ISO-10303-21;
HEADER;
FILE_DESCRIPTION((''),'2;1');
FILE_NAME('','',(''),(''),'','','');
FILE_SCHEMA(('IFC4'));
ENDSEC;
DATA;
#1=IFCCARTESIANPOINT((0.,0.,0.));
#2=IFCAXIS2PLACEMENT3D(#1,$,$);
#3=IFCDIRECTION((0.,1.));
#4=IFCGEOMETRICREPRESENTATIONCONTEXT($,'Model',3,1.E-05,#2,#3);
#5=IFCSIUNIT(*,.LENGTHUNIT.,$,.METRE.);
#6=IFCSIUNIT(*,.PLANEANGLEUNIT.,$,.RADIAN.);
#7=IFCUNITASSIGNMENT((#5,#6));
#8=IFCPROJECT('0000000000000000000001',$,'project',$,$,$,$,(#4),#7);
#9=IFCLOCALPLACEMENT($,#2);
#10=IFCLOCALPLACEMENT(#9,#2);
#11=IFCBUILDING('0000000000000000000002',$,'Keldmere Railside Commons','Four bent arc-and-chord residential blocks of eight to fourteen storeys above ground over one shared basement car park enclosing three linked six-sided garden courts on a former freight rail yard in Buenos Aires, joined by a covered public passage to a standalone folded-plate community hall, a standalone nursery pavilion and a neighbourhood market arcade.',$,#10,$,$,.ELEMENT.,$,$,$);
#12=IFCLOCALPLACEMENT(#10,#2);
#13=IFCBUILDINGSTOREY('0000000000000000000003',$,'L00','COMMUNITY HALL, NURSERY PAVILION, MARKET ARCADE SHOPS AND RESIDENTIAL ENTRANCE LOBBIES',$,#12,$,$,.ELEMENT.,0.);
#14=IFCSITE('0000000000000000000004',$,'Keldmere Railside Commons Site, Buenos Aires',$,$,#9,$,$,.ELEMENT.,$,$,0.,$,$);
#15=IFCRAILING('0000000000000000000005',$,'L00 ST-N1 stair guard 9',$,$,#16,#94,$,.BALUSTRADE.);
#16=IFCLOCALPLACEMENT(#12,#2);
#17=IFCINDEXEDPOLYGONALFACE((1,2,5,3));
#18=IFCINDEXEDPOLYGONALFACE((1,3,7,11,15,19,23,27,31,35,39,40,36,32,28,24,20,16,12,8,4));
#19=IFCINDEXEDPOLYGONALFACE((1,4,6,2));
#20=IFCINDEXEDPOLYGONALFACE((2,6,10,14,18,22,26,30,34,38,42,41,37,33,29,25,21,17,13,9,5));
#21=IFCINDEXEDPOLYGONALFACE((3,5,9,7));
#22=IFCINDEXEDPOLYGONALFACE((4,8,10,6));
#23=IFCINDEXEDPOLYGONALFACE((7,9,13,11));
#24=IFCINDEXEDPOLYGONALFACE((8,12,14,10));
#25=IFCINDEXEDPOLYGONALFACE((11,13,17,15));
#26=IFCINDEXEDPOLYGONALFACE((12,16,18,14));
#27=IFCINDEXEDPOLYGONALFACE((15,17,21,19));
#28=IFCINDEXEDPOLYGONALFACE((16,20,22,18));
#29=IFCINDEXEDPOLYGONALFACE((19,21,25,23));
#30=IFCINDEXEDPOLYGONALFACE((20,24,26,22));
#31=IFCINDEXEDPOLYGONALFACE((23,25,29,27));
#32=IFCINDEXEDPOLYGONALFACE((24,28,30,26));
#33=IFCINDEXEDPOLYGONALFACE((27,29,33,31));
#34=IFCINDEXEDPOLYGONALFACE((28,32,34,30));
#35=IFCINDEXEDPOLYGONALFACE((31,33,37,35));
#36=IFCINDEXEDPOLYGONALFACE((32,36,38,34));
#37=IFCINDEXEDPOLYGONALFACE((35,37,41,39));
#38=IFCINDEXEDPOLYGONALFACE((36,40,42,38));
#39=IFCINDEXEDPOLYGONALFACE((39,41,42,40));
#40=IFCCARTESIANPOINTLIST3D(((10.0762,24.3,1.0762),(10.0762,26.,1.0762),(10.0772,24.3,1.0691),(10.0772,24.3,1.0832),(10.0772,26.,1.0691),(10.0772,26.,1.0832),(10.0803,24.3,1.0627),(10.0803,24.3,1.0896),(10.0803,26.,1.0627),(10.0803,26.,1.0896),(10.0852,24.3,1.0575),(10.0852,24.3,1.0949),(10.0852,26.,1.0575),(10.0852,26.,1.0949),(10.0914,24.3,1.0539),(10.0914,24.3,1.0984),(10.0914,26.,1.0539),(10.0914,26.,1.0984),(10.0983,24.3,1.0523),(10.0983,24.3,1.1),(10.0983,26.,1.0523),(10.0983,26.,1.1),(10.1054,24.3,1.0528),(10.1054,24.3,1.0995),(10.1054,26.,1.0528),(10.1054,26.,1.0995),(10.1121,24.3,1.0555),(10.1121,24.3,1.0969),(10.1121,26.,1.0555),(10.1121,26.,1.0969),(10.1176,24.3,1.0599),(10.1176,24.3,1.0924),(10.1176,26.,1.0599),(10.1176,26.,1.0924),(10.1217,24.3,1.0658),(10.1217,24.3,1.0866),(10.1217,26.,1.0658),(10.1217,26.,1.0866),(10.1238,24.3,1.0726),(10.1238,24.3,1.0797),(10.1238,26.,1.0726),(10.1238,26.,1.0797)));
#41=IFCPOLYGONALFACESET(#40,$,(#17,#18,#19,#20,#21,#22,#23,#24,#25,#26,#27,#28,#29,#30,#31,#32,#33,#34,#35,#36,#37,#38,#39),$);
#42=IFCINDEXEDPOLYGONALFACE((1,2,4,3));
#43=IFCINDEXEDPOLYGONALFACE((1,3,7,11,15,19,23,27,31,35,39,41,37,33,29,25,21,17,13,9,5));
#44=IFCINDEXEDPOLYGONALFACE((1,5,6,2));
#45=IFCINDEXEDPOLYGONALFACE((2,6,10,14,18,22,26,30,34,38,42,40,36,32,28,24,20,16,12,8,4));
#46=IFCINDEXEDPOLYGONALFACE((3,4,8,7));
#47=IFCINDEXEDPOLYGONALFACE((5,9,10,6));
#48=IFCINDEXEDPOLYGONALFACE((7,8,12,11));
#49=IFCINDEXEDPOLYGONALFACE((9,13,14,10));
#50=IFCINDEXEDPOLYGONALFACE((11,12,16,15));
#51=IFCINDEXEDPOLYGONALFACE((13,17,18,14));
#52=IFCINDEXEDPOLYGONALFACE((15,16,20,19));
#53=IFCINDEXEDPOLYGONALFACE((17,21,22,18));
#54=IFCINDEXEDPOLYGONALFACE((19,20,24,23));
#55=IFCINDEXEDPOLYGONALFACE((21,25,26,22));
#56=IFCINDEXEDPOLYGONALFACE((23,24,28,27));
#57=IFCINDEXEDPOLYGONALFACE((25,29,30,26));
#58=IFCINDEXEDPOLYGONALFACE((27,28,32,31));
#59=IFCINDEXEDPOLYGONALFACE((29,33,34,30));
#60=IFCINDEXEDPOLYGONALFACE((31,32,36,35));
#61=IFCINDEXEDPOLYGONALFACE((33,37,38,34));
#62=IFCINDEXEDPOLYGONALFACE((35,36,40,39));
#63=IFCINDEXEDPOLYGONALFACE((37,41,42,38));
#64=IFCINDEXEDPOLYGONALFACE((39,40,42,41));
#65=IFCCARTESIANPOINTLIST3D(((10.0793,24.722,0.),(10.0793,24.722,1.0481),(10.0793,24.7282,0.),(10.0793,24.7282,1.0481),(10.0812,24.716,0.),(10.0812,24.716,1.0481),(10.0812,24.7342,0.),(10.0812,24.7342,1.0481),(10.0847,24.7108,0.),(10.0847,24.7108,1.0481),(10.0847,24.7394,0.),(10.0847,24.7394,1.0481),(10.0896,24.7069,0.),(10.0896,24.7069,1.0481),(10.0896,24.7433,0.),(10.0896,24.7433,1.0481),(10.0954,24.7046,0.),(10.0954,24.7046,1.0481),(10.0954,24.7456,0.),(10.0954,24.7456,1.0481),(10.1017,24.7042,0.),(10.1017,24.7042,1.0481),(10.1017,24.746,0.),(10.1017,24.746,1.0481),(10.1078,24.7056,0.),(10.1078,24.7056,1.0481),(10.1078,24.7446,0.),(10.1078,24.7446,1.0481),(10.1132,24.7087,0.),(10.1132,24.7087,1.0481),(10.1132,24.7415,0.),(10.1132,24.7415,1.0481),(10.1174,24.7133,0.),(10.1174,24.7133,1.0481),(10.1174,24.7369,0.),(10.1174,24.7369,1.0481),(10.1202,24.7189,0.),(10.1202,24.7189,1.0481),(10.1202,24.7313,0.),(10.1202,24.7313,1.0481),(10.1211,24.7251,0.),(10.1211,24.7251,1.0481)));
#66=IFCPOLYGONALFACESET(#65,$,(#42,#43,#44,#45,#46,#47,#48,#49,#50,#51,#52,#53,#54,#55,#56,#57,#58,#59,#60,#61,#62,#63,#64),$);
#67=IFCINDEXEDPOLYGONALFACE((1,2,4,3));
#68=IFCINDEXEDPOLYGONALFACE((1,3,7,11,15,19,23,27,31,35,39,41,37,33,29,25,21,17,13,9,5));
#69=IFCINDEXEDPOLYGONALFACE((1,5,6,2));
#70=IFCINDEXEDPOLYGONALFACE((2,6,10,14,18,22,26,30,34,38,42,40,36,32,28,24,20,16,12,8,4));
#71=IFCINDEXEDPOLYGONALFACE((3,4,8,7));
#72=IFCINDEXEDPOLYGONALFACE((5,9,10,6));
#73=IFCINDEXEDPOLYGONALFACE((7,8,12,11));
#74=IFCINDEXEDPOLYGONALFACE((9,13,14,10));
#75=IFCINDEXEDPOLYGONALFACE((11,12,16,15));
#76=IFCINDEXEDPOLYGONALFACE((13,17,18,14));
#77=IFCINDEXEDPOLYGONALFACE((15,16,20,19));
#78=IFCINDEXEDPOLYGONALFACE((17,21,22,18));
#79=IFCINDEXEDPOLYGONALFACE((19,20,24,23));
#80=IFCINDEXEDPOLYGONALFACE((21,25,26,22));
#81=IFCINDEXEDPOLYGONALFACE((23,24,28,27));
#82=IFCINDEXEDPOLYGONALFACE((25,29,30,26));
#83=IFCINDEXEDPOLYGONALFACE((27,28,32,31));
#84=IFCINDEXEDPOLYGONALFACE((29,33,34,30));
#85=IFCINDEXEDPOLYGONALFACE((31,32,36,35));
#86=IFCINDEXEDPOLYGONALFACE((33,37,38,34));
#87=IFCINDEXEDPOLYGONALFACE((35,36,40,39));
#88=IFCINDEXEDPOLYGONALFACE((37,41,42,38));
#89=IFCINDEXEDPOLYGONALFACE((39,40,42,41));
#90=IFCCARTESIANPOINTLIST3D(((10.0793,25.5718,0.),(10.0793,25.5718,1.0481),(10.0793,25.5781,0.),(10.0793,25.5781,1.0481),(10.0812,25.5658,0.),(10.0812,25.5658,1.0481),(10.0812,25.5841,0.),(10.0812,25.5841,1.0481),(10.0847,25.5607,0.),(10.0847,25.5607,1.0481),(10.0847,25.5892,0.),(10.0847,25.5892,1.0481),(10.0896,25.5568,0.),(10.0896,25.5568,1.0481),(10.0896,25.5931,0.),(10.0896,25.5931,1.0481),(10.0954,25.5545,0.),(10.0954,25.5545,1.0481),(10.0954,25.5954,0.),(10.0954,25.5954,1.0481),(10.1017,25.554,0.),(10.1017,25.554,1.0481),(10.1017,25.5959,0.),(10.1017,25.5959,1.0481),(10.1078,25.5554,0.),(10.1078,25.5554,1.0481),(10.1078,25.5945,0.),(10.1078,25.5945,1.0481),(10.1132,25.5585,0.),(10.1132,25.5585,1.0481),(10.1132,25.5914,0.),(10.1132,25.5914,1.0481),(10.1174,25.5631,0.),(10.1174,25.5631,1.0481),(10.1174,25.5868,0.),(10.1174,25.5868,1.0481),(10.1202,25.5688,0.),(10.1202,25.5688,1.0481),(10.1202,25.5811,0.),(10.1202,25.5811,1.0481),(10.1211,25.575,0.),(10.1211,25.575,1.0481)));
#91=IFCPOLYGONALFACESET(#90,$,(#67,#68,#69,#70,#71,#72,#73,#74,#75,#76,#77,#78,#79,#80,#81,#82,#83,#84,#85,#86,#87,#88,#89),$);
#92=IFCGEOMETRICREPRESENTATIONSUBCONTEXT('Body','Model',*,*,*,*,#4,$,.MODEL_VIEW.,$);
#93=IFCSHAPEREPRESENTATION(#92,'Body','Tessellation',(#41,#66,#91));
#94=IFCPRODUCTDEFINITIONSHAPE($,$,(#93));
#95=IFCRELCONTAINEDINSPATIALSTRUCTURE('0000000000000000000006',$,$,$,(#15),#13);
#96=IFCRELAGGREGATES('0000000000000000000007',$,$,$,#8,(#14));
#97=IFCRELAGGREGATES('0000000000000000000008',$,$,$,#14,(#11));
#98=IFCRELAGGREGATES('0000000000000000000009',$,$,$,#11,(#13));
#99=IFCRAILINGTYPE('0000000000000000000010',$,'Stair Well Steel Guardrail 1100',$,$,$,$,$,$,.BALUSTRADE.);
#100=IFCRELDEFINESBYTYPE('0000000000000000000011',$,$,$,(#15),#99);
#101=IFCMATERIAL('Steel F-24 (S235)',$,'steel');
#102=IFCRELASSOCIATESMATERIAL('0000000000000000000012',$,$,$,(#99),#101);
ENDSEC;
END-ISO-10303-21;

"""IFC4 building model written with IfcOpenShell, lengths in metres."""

from ifc_helpers import new_model, si_unit, direction, frame, origin, origin_2d, place, context, subcontext, project, spatial, circle, extrude, material, type_object, element, save


model = new_model("IFC4")

# Units and contexts
model_context = context("Model", 3, precision=1e-05, world=origin(), true_north=direction((0.0, 1.0)))
body_context = subcontext(model_context, "Body", "Model", "MODEL_VIEW")
ifc_project = project(units=[si_unit("LENGTHUNIT", "METRE"), si_unit("PLANEANGLEUNIT", "RADIAN")], contexts=[model_context])

# Site, building, storey
site_placement = place(None, origin())
site = spatial("IfcSite", under=ifc_project, at=site_placement, Name="Keldmere Railside Commons Site, Buenos Aires", CompositionType="ELEMENT", RefElevation=0.0)
building_placement = place(site_placement, origin())
building = spatial("IfcBuilding", under=site, at=building_placement, Name="Keldmere Railside Commons", Description="Four bent arc-and-chord residential blocks of eight to fourteen storeys above ground over one shared basement car park enclosing three linked six-sided garden courts on a former freight rail yard in Buenos Aires, joined by a covered public passage to a standalone folded-plate community hall, a standalone nursery pavilion and a neighbourhood market arcade.", CompositionType="ELEMENT")
storey_placement = place(building_placement, origin())
storey = spatial("IfcBuildingStorey", under=building, at=storey_placement, Name="L00", Description="COMMUNITY HALL, NURSERY PAVILION, MARKET ARCADE SHOPS AND RESIDENTIAL ENTRANCE LOBBIES", CompositionType="ELEMENT", Elevation=0.0)

# Shared definitions
ifc_material_1 = material(Name="Steel F-24 (S235)", Category="steel")

# Railing
railing_type_1 = type_object("IfcRailingType", Name="Stair Well Steel Guardrail 1100", PredefinedType="BALUSTRADE", material=ifc_material_1)
for number, where, name in (
    (1, (10.1001, 24.3, 0.0), "L00 ST-N1 stair guard 9"),
):
    element("IfcRailing", number, at=place(storey_placement, frame(where)), inside=storey, type_object=railing_type_1, Name=name, PredefinedType="BALUSTRADE", context=body_context, shape_type="SweptSolid", body=[
        extrude(circle(Radius=0.0239, at=origin_2d()), frame((0.0, 0.0, 1.0762), z_axis=(0.0, 1.0, 0.0), x_axis=(-1.0, 0.0, 0.0)), (0.0, 0.0, 1.0), 1.7),
        extrude(circle(Radius=0.021, at=origin_2d()), frame((0.0, 0.425, 0.0)), (0.0, 0.0, 1.0), 1.0481),
        extrude(circle(Radius=0.021, at=origin_2d()), frame((0.0, 1.2749, 0.0)), (0.0, 0.0, 1.0), 1.0481),
    ])

save(model, "model.ifc")
